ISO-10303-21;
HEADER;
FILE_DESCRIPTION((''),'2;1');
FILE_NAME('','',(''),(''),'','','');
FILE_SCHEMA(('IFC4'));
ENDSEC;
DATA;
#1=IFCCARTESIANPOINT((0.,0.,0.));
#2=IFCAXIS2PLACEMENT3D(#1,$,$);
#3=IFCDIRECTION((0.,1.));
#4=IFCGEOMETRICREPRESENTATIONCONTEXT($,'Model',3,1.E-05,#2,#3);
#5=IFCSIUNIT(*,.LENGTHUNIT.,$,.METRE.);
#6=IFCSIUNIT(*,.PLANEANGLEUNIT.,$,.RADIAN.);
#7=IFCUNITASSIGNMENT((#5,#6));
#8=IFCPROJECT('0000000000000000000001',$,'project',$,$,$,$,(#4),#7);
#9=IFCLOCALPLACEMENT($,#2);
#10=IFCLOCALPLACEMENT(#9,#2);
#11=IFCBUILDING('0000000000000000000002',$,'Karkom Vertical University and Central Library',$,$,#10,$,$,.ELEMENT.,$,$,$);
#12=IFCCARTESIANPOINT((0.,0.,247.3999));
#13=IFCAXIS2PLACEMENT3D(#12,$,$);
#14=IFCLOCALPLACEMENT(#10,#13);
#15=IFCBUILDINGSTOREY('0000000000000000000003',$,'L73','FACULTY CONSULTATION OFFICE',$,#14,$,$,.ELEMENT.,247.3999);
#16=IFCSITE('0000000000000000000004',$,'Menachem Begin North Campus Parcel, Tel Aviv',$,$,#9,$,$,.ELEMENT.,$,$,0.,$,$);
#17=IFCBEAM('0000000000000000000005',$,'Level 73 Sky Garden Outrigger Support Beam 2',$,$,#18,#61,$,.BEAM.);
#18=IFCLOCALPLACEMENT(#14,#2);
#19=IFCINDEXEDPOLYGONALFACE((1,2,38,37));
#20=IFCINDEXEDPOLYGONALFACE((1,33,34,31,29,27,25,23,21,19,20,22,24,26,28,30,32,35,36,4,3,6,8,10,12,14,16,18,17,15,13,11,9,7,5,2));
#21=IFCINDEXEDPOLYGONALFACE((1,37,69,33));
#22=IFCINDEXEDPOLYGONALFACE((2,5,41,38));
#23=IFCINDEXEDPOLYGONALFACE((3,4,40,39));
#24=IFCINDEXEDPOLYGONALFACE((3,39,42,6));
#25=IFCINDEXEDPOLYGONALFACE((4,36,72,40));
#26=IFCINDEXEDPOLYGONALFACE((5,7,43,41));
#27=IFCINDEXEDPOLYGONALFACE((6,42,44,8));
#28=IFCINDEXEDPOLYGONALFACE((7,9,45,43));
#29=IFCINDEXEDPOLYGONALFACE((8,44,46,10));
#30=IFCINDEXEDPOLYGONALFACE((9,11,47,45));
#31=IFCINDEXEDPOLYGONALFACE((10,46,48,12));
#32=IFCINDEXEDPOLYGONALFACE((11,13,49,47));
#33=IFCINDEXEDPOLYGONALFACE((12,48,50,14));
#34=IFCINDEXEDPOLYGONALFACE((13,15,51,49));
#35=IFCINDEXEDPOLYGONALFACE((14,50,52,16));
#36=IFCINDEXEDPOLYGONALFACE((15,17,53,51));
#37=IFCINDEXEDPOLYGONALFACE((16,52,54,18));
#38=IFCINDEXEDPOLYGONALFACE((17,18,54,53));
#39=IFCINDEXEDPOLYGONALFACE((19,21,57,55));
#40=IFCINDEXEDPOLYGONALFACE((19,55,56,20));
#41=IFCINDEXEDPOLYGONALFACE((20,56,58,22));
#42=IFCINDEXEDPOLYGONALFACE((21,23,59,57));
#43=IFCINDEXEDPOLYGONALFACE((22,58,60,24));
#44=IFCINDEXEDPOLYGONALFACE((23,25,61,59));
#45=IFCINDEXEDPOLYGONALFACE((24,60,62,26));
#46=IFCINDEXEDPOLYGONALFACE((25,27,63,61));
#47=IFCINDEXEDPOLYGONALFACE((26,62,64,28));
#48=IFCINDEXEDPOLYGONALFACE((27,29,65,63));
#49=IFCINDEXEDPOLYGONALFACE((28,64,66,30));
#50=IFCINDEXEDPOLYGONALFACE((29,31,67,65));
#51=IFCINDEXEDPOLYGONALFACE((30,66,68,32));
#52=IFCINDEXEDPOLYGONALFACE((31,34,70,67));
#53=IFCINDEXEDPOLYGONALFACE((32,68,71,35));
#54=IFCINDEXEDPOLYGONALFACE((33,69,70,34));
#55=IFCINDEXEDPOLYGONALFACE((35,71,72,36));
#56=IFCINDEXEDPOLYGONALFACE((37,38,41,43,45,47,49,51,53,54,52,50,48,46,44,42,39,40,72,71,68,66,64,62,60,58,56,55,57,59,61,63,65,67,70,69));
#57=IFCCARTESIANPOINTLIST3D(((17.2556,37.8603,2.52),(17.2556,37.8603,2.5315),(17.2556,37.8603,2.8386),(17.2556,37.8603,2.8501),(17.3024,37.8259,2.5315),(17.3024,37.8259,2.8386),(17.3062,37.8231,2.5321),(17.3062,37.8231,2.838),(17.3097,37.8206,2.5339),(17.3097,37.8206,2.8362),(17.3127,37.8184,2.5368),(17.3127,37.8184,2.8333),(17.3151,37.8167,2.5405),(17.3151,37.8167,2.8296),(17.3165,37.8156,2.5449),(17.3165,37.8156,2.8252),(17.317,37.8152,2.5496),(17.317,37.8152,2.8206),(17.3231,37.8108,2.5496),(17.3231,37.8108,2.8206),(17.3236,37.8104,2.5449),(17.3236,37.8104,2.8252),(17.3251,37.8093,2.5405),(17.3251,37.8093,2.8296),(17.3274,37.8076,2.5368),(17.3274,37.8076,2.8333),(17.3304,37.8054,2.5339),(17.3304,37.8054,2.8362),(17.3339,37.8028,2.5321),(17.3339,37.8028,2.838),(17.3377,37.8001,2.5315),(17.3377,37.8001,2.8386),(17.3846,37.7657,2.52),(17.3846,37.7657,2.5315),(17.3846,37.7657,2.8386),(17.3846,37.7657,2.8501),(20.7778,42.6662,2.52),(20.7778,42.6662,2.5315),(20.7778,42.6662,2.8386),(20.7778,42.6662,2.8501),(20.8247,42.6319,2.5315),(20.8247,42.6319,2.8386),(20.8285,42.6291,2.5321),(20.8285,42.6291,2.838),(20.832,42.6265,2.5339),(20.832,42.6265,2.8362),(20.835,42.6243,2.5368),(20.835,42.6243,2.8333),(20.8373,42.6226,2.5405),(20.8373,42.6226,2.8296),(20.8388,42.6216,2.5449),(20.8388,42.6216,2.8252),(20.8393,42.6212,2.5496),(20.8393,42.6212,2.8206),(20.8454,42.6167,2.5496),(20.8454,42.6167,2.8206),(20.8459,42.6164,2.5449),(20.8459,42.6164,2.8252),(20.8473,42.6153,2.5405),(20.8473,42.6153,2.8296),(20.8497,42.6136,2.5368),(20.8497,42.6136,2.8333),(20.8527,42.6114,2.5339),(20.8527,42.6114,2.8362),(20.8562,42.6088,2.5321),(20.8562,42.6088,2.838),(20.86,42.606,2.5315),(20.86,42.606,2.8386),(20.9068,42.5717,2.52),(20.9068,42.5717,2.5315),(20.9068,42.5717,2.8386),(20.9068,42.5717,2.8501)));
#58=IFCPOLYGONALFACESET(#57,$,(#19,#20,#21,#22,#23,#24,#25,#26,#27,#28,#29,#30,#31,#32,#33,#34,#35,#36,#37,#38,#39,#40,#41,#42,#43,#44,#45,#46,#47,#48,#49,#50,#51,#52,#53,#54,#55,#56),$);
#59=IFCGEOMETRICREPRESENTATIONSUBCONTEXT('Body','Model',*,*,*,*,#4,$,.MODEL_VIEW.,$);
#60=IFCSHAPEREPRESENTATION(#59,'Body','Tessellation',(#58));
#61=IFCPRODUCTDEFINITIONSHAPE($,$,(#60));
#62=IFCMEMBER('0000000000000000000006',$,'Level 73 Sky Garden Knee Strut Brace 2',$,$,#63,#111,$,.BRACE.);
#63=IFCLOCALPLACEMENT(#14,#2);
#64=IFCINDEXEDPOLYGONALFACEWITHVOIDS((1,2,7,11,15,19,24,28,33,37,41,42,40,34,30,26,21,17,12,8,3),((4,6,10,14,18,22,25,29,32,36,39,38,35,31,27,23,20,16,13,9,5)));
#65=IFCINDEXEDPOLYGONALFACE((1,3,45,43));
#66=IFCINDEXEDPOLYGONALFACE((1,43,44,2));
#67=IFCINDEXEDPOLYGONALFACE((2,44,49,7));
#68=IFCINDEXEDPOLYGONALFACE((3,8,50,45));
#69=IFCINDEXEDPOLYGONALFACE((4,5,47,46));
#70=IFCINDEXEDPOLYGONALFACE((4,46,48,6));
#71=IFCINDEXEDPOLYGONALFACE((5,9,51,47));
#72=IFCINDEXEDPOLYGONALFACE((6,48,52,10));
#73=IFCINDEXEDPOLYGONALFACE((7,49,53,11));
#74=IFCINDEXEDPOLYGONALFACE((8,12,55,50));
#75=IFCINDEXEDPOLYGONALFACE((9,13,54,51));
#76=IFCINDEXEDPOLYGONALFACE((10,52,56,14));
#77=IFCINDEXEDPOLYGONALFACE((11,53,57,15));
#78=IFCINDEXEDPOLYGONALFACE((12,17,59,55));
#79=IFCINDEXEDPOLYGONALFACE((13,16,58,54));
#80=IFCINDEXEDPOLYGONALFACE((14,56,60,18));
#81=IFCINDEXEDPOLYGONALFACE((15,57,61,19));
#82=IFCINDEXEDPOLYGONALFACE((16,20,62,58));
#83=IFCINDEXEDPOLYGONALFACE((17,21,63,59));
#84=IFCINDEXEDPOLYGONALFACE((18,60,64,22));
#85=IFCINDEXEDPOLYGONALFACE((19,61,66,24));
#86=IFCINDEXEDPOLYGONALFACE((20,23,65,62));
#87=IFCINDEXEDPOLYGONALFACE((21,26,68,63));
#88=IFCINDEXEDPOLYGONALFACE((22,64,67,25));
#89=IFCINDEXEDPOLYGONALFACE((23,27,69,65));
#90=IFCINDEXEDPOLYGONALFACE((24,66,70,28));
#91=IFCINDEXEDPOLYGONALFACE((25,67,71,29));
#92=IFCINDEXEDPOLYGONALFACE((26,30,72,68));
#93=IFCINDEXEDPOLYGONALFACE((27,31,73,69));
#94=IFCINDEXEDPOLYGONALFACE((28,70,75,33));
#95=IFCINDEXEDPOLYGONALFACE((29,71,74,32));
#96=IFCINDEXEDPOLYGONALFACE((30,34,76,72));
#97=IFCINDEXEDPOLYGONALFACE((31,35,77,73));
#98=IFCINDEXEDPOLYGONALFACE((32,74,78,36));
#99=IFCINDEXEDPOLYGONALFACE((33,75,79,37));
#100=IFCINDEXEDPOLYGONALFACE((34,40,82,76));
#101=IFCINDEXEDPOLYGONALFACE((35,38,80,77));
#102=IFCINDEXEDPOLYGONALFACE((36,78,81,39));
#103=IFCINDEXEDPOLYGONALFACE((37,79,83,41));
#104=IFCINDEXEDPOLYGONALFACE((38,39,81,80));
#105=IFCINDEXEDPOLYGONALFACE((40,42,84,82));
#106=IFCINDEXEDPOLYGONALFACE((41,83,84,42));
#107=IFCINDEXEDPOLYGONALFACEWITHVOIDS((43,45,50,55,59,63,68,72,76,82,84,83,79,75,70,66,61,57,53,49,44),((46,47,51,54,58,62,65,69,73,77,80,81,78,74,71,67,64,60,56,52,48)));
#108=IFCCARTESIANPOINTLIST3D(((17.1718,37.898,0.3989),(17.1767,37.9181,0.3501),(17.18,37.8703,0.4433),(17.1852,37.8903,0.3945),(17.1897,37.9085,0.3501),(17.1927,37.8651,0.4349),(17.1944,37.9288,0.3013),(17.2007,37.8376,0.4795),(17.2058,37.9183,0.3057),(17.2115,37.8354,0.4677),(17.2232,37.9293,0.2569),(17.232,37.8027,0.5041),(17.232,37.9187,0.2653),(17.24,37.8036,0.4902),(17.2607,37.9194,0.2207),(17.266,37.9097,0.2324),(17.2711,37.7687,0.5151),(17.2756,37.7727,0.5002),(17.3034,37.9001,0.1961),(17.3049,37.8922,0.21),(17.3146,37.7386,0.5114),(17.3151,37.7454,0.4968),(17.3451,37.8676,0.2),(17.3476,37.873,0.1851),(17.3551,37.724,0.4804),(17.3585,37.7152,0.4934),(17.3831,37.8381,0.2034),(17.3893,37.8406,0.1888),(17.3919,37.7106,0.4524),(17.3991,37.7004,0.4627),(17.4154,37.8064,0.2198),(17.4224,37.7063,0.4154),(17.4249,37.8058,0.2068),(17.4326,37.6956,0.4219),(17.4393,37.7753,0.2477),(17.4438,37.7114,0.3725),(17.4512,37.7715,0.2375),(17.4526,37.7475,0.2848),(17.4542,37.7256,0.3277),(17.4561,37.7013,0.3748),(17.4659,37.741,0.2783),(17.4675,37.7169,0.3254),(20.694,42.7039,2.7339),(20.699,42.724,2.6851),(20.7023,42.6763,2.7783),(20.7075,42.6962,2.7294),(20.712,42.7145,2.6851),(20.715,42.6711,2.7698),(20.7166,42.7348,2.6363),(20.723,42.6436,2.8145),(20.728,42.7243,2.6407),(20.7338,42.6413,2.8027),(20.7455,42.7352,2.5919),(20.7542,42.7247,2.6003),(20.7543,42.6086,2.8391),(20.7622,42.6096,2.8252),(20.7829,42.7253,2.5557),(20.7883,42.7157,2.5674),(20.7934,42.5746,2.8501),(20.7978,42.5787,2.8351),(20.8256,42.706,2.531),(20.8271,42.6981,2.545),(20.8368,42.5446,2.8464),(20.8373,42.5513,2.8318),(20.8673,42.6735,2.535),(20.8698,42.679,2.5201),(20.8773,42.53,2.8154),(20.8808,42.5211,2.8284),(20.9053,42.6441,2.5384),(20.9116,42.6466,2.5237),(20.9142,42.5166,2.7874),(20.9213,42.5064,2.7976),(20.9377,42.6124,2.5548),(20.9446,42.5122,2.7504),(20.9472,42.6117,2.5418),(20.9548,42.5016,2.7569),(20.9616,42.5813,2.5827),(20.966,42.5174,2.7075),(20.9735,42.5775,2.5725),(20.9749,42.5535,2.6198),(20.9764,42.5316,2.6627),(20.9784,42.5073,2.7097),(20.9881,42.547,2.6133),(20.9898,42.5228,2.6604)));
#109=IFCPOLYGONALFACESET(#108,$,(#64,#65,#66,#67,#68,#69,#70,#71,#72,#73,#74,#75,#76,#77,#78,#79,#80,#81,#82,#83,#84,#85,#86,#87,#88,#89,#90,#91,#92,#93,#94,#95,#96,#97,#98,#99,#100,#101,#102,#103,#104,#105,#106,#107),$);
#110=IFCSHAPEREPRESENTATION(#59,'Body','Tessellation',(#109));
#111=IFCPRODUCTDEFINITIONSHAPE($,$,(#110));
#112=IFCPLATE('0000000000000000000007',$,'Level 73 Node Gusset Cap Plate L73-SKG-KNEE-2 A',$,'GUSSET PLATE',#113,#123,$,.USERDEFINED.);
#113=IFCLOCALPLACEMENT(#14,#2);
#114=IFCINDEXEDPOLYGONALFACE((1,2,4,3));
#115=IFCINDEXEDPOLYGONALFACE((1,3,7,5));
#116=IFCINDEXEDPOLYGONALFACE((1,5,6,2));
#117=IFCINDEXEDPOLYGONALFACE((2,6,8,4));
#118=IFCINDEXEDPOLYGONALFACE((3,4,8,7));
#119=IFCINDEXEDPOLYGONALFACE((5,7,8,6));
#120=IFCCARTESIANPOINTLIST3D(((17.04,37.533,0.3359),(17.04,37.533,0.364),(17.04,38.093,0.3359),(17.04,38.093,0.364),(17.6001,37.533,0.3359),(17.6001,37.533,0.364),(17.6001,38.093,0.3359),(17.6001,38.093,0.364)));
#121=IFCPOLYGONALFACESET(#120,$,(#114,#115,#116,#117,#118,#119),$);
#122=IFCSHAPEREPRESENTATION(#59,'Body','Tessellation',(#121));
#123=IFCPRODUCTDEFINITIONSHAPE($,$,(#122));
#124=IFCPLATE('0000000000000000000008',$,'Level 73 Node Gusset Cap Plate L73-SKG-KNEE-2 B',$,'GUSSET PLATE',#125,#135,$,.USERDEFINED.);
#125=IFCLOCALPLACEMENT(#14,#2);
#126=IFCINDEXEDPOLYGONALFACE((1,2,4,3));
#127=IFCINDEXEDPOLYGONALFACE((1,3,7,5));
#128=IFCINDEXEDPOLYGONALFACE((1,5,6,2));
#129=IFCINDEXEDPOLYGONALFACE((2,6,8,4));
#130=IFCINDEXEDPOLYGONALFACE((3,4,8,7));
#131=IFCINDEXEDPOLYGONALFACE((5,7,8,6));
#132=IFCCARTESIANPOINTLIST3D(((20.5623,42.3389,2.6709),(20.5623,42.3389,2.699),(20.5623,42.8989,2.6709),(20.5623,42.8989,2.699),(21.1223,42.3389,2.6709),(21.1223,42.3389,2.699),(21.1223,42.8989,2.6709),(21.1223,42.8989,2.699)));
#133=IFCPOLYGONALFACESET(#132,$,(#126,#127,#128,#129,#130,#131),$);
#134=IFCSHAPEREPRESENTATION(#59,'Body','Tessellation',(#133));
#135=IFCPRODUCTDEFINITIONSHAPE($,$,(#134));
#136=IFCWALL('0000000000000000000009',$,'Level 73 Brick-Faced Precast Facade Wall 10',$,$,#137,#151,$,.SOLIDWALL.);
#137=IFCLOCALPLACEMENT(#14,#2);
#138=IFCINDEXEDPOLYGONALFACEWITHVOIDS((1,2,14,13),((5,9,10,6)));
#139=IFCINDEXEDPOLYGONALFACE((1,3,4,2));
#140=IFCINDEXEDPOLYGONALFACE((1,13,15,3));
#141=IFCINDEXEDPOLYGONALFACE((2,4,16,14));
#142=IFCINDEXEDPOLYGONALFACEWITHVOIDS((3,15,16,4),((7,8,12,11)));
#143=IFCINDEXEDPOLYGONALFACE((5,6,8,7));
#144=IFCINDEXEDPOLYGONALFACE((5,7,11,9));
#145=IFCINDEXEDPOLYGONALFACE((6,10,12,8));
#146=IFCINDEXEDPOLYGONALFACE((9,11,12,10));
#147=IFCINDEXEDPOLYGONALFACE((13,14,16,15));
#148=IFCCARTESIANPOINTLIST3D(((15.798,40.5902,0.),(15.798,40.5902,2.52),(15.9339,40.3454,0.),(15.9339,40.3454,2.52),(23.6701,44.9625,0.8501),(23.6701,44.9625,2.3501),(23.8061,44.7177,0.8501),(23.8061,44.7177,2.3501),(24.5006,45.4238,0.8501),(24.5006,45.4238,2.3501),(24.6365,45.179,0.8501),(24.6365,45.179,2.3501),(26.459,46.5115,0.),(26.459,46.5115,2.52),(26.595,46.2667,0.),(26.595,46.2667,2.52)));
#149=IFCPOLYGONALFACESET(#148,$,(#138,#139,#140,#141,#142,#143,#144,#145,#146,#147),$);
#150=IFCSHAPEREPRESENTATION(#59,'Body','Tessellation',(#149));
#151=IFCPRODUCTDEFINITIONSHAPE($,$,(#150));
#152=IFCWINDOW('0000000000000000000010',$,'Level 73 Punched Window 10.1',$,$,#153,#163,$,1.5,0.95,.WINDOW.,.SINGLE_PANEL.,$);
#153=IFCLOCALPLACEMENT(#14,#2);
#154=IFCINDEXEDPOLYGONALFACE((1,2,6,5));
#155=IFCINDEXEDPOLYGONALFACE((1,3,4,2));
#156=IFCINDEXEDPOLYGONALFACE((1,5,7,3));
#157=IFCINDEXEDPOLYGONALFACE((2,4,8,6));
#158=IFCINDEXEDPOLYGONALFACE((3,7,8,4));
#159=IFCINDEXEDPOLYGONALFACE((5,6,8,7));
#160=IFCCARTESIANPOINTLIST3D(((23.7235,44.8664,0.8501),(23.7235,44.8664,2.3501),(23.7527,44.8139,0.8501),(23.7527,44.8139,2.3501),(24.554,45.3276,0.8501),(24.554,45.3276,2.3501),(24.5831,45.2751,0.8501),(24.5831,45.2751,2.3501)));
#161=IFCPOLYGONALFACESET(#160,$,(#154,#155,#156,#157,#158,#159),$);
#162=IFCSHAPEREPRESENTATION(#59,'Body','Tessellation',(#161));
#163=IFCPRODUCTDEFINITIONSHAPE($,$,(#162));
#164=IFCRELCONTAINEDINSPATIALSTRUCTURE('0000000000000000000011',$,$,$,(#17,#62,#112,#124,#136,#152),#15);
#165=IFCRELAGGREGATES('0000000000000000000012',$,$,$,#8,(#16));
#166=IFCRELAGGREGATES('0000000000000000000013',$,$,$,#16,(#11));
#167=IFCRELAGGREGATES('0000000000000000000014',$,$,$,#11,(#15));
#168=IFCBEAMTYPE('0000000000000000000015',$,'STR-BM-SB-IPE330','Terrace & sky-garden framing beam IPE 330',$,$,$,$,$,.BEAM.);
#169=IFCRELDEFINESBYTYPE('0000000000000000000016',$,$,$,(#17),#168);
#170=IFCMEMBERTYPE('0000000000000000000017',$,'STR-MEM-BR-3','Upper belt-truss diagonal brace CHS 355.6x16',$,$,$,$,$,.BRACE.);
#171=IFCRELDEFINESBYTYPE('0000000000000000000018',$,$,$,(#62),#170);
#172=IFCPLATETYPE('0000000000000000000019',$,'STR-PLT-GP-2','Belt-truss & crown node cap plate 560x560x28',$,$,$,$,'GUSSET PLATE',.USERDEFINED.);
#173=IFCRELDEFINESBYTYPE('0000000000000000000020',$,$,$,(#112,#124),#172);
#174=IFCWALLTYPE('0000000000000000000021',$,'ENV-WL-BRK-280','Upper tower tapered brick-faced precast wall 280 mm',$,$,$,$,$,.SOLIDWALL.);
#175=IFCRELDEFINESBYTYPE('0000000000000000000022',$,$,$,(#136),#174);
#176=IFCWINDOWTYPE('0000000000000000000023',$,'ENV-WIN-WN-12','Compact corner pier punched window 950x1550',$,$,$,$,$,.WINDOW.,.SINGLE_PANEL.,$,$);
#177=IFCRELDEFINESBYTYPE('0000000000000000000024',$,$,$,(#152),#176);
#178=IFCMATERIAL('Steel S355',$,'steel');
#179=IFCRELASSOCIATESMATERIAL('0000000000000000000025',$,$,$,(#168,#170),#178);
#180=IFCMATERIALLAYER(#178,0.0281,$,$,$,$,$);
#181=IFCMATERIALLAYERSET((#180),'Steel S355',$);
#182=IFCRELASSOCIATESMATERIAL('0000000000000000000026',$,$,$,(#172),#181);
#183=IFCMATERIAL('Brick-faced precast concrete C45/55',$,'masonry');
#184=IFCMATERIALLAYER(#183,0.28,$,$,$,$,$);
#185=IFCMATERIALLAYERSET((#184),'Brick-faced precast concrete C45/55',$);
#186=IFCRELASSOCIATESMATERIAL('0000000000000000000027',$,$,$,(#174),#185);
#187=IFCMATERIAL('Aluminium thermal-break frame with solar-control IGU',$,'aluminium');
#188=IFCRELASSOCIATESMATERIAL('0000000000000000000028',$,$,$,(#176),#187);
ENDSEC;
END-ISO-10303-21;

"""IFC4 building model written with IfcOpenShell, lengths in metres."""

from ifc_helpers import new_model, si_unit, direction, frame, frame_2d, origin, origin_with_axes, origin_2d, place, context, subcontext, project, spatial, rectangle, hollow_circle, i_section, extrude, source, transform, mapped, material, layer, layer_set, material_profile, profile_set, type_object, element, fill, save


model = new_model("IFC4")

# Units and contexts
model_context = context("Model", 3, precision=1e-05, world=origin(), true_north=direction((0.0, 1.0)))
body_context = subcontext(model_context, "Body", "Model", "MODEL_VIEW")
ifc_project = project(units=[si_unit("LENGTHUNIT", "METRE"), si_unit("PLANEANGLEUNIT", "RADIAN")], contexts=[model_context])

# Site, building, storey
site_placement = place(None, origin())
site = spatial("IfcSite", under=ifc_project, at=site_placement, Name="Menachem Begin North Campus Parcel, Tel Aviv", CompositionType="ELEMENT", RefElevation=0.0)
building_placement = place(site_placement, origin())
building = spatial("IfcBuilding", under=site, at=building_placement, Name="Karkom Vertical University and Central Library", CompositionType="ELEMENT")
storey_placement = place(building_placement, frame((0.0, 0.0, 247.3999)))
storey = spatial("IfcBuildingStorey", under=building, at=storey_placement, Name="L73", Description="FACULTY CONSULTATION OFFICE", CompositionType="ELEMENT", Elevation=247.3999)

# Beam
ifc_material_1 = material(Name="Steel S355", Category="steel")
ifc_material_profile_1 = material_profile(ifc_material_1, i_section(OverallWidth=0.1599, OverallDepth=0.3301, WebThickness=0.0076, FlangeThickness=0.0115, FilletRadius=0.0181, at=origin_2d()), Name="IPE 330")
ifc_profile_set_1 = profile_set([ifc_material_profile_1], Name="Steel S355")
beam_type_1 = type_object("IfcBeamType", Name="STR-BM-SB-IPE330", Description="Terrace & sky-garden framing beam IPE 330", PredefinedType="BEAM", material=ifc_profile_set_1)
shared_shape_1 = source(origin_with_axes(), body_context, "Body", "SweptSolid", [
    extrude(i_section(OverallWidth=0.1599, OverallDepth=0.3301, WebThickness=0.0076, FlangeThickness=0.0115, FilletRadius=0.0181, at=origin_2d()), origin(), (0.0, 0.0, 1.0), 5.9585),
])
beam_1_placement = place(storey_placement, frame((17.3201, 37.813, 2.6851), z_axis=(0.591133, 0.806574, 0.0), x_axis=(-0.806574, 0.591133, 0.0)))
element("IfcBeam", 1, at=beam_1_placement, inside=storey, type_object=beam_type_1, Name="Level 73 Sky Garden Outrigger Support Beam 2", PredefinedType="BEAM", context=body_context, shape_type="MappedRepresentation", body=[
    mapped(shared_shape_1, transform((0.0, 0.0, 0.0), scale=1.0)),
])

# Member
ifc_material_profile_2 = material_profile(ifc_material_1, hollow_circle(Radius=0.1777, WallThickness=0.0161, at=origin_2d()), Name="CHS 355.6x16")
ifc_profile_set_2 = profile_set([ifc_material_profile_2], Name="Steel S355")
member_type = type_object("IfcMemberType", Name="STR-MEM-BR-3", Description="Upper belt-truss diagonal brace CHS 355.6x16", PredefinedType="BRACE", material=ifc_profile_set_2)
shared_shape_2 = source(origin_with_axes(), body_context, "Body", "SweptSolid", [
    extrude(hollow_circle(Radius=0.1777, WallThickness=0.0161, at=origin_2d()), origin(), (0.0, 0.0, 1.0), 6.3997),
])
member_placement = place(storey_placement, frame((17.3201, 37.813, 0.3501), z_axis=(0.550381, 0.750971, 0.364861), x_axis=(-0.806574, 0.591133, 0.0)))
element("IfcMember", 2, at=member_placement, inside=storey, type_object=member_type, Name="Level 73 Sky Garden Knee Strut Brace 2", PredefinedType="BRACE", context=body_context, shape_type="MappedRepresentation", body=[
    mapped(shared_shape_2, transform((0.0, 0.0, 0.0), scale=1.0)),
])

# Plates
ifc_layer_1 = layer(ifc_material_1, 0.0281)
ifc_layer_set_1 = layer_set([ifc_layer_1], Name="Steel S355")
plate_type = type_object("IfcPlateType", Name="STR-PLT-GP-2", Description="Belt-truss & crown node cap plate 560x560x28", ElementType="GUSSET PLATE", PredefinedType="USERDEFINED", material=ifc_layer_set_1)
shared_shape_3 = source(origin_with_axes(), body_context, "Body", "SweptSolid", [
    extrude(rectangle(XDim=0.5601, YDim=0.5601, at=origin_2d()), origin(), (0.0, 0.0, 1.0), 0.0281),
])
for number, where, z_axis, x_axis, name in (
    (3, (17.3201, 37.813, 0.3359), (0.0, 0.0, 1.0), (1.0, 0.0, 0.0), "Level 73 Node Gusset Cap Plate L73-SKG-KNEE-2 A"),
    (4, (20.8423, 42.6189, 2.6709), (0.0, 0.0, 1.0), (1.0, 0.0, 0.0), "Level 73 Node Gusset Cap Plate L73-SKG-KNEE-2 B"),
):
    element("IfcPlate", number, at=place(storey_placement, frame(where, z_axis=z_axis, x_axis=x_axis)), inside=storey, type_object=plate_type, Name=name, ObjectType="GUSSET PLATE", PredefinedType="USERDEFINED", context=body_context, shape_type="MappedRepresentation", body=[
        mapped(shared_shape_3, transform((0.0, 0.0, 0.0), scale=1.0)),
    ])

# Wall, opening, window
ifc_material_2 = material(Name="Brick-faced precast concrete C45/55", Category="masonry")
ifc_layer_2 = layer(ifc_material_2, 0.28)
ifc_layer_set_2 = layer_set([ifc_layer_2], Name="Brick-faced precast concrete C45/55")
wall_type_1 = type_object("IfcWallType", Name="ENV-WL-BRK-280", Description="Upper tower tapered brick-faced precast wall 280 mm", PredefinedType="SOLIDWALL", material=ifc_layer_set_2)
wall_1_placement = place(storey_placement, frame((26.5271, 46.3892, 0.0), z_axis=(0.0, 0.0, 1.0), x_axis=(-0.874208, -0.485551, 0.0)))
wall_1 = element("IfcWall", 5, at=wall_1_placement, inside=storey, type_object=wall_type_1, Name="Level 73 Brick-Faced Precast Facade Wall 10", PredefinedType="SOLIDWALL", context=body_context, shape_type="SweptSolid", body=[
    extrude(rectangle(XDim=12.1951, YDim=0.28, at=frame_2d((6.0977, 0.0))), origin(), (0.0, 0.0, 1.0), 2.52),
])
opening_1_placement = place(wall_1_placement, frame((2.2402, 0.0, 0.8501)))
opening_1 = element("IfcOpeningElement", 6, at=opening_1_placement, cuts=wall_1, PredefinedType="OPENING", context=body_context, shape_type="SweptSolid", body=[
    extrude(rectangle(XDim=0.95, YDim=1.5, at=frame_2d((0.4751, 0.75))), frame((0.0, 0.1499, 0.0), z_axis=(0.0, -1.0, 0.0), x_axis=(1.0, 0.0, 0.0)), (0.0, 0.0, 1.0), 0.3),
])
ifc_material_3 = material(Name="Aluminium thermal-break frame with solar-control IGU", Category="aluminium")
window_type_1 = type_object("IfcWindowType", Name="ENV-WIN-WN-12", Description="Compact corner pier punched window 950x1550", PartitioningType="SINGLE_PANEL", PredefinedType="WINDOW", material=ifc_material_3)
shared_shape_4 = source(origin_with_axes(), body_context, "Body", "SweptSolid", [
    extrude(rectangle(XDim=0.95, YDim=1.5, at=frame_2d((0.4751, 0.75))), frame((0.0, 0.03, 0.0), z_axis=(0.0, -1.0, 0.0), x_axis=(1.0, 0.0, 0.0)), (0.0, 0.0, 1.0), 0.0601),
])
window_1_placement = place(opening_1_placement, origin())
window_1 = element("IfcWindow", 7, at=window_1_placement, inside=storey, type_object=window_type_1, Name="Level 73 Punched Window 10.1", OverallHeight=1.5, OverallWidth=0.95, PartitioningType="SINGLE_PANEL", PredefinedType="WINDOW", context=body_context, shape_type="MappedRepresentation", body=[
    mapped(shared_shape_4, transform((0.0, 0.0, 0.0), scale=1.0)),
])
fill(opening_1, window_1)

save(model, "model.ifc")
